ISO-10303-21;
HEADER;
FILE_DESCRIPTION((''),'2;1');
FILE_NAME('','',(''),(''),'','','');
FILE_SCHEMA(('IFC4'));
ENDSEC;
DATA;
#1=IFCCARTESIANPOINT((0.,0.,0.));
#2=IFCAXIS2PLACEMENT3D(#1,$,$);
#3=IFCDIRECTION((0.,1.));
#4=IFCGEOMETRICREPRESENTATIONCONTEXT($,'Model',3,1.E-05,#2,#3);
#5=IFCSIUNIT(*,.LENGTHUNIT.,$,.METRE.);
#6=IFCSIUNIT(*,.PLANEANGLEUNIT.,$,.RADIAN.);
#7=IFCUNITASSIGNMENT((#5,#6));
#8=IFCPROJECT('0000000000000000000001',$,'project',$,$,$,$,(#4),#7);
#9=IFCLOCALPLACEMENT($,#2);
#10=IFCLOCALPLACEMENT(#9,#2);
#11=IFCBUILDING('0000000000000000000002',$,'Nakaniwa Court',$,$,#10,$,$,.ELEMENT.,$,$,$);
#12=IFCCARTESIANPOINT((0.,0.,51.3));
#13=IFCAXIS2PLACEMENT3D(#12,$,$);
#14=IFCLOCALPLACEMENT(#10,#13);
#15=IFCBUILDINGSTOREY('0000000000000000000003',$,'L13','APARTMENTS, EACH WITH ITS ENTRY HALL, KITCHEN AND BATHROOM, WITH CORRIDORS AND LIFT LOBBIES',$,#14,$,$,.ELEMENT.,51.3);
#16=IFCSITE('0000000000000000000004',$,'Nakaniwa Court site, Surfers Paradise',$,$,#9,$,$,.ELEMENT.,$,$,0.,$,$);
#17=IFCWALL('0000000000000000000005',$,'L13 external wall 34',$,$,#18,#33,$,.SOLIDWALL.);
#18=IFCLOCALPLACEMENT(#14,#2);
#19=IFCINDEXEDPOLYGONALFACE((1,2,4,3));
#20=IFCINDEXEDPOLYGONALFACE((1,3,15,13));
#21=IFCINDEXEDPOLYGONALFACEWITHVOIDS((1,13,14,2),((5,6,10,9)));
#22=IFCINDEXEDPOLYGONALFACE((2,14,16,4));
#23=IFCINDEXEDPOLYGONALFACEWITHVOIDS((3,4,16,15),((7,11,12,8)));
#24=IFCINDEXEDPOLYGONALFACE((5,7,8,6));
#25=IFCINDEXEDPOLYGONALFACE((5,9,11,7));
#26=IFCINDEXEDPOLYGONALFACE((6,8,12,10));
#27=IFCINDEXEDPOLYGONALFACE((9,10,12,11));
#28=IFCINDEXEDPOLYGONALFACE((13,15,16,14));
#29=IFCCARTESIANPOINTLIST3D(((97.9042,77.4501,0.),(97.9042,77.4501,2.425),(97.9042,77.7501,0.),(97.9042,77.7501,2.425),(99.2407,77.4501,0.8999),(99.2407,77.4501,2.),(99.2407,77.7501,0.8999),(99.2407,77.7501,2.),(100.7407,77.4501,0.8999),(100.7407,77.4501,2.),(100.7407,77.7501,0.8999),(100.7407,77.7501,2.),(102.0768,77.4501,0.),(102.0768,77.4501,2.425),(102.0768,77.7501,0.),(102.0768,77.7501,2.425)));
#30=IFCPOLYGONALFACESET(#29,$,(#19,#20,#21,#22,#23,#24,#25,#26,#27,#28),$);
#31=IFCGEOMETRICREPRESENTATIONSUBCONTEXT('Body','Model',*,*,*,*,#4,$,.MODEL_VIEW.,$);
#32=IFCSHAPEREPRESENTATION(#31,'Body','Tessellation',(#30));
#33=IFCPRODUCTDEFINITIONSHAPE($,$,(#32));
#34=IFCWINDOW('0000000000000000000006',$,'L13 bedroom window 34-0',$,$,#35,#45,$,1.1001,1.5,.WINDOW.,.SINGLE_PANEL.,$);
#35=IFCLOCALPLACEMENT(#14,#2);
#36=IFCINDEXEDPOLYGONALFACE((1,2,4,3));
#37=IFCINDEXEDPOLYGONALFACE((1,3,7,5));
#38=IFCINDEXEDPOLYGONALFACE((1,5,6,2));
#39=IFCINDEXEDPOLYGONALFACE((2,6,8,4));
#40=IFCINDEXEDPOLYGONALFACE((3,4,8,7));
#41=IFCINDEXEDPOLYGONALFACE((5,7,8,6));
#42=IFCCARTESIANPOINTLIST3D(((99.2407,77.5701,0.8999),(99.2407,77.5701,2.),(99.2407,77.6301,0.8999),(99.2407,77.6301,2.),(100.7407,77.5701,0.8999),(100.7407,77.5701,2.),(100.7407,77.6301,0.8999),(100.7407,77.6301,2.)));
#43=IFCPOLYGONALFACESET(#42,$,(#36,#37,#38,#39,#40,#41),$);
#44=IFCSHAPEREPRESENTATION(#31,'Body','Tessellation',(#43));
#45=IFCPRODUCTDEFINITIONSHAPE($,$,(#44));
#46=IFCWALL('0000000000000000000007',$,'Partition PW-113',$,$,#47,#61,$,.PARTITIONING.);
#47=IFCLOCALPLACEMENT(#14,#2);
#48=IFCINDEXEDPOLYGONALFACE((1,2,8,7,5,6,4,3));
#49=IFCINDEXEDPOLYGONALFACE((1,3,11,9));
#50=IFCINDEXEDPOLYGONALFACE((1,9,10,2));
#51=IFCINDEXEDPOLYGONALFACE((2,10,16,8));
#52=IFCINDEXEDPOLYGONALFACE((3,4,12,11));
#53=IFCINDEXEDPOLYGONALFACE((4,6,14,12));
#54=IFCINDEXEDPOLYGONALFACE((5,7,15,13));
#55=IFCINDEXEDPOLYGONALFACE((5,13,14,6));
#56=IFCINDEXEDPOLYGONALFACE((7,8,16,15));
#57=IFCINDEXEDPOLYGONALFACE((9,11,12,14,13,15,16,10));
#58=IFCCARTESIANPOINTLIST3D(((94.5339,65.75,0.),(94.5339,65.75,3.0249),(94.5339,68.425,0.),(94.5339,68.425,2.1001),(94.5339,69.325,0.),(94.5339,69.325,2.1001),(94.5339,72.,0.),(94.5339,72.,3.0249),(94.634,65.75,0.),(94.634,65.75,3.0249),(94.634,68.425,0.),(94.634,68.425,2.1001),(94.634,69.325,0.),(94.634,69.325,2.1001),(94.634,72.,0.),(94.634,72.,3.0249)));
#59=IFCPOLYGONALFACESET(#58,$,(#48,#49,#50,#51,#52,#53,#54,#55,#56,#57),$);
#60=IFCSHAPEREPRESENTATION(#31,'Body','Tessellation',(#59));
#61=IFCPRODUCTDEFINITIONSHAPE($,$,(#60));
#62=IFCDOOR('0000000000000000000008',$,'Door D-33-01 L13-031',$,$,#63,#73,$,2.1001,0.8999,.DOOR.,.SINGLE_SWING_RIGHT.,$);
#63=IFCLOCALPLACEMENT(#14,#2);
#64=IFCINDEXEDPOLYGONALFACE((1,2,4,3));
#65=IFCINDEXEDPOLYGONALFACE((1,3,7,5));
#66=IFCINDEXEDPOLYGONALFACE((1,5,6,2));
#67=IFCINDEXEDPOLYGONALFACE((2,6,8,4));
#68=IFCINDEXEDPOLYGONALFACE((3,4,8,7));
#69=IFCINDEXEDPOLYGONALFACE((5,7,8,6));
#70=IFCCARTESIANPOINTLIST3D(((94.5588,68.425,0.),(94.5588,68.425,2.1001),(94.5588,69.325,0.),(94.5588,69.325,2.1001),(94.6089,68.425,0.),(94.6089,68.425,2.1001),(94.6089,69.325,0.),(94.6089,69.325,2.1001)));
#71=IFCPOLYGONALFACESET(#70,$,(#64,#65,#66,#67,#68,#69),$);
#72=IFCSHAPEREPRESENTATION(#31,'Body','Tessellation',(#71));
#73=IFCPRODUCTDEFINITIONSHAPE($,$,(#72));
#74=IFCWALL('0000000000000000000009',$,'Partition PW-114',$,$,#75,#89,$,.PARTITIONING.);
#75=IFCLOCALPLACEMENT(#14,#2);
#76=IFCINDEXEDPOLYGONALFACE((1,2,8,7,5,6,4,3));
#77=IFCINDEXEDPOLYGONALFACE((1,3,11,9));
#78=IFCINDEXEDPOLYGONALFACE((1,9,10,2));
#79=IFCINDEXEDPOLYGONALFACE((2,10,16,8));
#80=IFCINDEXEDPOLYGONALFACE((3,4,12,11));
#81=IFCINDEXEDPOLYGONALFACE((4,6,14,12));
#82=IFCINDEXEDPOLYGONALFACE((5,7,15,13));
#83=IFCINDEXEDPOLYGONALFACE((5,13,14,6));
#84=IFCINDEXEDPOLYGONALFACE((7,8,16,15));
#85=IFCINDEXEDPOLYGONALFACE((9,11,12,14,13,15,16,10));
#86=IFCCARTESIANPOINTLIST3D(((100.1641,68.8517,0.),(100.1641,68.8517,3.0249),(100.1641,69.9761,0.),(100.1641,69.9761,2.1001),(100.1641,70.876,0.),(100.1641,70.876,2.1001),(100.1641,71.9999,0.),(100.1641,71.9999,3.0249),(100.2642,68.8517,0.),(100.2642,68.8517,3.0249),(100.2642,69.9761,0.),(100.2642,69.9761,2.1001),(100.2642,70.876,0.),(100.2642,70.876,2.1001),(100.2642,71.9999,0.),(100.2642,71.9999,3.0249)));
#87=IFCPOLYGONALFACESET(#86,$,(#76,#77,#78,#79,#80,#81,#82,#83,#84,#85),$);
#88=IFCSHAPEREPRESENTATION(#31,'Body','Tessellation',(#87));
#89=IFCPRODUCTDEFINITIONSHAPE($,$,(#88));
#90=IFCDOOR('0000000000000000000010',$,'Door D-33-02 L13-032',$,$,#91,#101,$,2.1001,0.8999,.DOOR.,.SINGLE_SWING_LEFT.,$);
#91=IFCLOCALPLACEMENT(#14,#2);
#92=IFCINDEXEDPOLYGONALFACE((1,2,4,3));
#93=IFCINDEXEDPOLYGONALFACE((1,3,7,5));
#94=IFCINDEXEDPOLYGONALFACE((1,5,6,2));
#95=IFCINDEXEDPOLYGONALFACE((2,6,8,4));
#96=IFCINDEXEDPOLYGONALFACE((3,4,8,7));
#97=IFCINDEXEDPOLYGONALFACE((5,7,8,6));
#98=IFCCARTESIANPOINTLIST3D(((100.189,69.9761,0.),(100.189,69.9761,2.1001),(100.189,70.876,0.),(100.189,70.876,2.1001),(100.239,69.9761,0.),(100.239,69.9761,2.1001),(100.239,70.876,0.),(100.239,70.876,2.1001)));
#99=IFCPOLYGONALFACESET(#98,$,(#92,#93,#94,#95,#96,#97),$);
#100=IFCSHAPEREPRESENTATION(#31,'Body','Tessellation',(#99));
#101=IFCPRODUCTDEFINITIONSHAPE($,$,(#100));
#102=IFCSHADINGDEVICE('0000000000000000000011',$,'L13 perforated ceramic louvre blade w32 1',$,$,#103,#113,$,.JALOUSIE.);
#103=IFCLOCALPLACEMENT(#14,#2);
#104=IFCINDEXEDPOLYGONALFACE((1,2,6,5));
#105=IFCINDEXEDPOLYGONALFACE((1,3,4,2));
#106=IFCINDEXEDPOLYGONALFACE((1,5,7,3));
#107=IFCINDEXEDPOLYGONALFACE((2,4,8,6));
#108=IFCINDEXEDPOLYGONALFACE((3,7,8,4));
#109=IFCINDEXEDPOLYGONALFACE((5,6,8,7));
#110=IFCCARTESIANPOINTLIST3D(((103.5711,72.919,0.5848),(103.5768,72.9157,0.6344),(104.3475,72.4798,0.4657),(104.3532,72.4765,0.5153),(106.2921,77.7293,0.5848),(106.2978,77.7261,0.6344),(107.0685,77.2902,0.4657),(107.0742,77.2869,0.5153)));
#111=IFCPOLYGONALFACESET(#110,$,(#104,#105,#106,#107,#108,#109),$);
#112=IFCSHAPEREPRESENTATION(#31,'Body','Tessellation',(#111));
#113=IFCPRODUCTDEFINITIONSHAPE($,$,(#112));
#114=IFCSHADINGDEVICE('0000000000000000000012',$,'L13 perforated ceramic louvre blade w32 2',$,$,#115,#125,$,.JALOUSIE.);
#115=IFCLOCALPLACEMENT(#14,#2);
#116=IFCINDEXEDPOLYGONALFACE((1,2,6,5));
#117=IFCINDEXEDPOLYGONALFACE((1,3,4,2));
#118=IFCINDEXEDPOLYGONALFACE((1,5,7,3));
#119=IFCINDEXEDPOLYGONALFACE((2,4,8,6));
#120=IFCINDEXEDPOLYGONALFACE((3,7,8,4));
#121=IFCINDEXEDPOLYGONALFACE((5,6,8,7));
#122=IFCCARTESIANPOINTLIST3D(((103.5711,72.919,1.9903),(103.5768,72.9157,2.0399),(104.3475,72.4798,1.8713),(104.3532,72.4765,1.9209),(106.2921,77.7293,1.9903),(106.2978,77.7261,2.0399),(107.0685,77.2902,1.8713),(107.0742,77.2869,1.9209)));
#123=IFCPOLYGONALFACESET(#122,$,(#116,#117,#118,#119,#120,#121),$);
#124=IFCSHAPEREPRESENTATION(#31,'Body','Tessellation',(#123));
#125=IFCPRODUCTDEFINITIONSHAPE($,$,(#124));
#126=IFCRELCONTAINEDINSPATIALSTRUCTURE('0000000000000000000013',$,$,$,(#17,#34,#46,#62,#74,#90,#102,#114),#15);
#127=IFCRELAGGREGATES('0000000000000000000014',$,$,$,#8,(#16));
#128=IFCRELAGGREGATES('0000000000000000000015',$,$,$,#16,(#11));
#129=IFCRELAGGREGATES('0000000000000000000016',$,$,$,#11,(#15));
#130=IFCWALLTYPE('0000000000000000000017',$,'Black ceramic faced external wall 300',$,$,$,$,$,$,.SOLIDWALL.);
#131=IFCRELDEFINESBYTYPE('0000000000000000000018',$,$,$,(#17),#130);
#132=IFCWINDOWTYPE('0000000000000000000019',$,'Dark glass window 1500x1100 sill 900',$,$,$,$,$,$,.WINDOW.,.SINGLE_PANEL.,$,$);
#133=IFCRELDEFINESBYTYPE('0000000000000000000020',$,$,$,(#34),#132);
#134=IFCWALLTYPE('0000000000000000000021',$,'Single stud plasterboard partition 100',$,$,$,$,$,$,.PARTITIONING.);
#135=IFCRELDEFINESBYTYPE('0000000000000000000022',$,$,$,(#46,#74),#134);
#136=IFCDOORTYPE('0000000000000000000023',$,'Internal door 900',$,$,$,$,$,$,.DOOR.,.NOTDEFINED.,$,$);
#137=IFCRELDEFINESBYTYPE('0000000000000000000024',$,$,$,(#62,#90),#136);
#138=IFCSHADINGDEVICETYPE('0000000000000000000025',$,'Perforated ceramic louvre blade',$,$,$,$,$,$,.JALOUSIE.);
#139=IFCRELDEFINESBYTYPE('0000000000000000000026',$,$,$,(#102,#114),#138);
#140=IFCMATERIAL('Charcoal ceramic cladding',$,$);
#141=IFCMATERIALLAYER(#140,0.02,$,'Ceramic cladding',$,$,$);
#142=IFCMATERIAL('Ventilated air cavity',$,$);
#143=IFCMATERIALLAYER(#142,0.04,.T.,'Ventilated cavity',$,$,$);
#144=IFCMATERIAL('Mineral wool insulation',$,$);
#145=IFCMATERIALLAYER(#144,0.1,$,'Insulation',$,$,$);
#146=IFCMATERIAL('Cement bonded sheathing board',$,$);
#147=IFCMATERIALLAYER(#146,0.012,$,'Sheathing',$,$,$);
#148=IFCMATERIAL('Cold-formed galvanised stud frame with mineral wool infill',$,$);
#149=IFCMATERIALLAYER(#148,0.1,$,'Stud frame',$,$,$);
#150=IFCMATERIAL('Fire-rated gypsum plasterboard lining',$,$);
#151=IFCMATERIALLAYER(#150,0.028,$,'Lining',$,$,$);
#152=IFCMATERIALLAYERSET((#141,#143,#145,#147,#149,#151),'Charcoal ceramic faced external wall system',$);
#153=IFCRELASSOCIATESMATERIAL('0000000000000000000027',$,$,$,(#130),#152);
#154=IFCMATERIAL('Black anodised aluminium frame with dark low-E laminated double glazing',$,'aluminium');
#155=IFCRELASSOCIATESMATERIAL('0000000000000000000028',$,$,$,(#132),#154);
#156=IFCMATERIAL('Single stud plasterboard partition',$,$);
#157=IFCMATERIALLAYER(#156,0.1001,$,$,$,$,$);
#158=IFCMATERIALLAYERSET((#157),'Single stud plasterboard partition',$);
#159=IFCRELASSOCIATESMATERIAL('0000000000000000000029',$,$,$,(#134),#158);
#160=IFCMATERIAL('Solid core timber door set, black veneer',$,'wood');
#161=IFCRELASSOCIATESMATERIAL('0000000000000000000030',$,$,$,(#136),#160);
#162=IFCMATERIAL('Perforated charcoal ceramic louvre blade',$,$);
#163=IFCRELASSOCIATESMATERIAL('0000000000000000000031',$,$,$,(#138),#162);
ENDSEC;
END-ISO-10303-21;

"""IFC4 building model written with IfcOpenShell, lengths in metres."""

from ifc_helpers import new_model, si_unit, direction, frame, frame_2d, origin, origin_2d, place, context, subcontext, project, spatial, rectangle, extrude, material, layer, layer_set, material_profile, profile_set, type_object, element, fill, save


model = new_model("IFC4")

# Units and contexts
model_context = context("Model", 3, precision=1e-05, world=origin(), true_north=direction((0.0, 1.0)))
body_context = subcontext(model_context, "Body", "Model", "MODEL_VIEW")
ifc_project = project(units=[si_unit("LENGTHUNIT", "METRE"), si_unit("PLANEANGLEUNIT", "RADIAN")], contexts=[model_context])

# Site, building, storey
site_placement = place(None, origin())
site = spatial("IfcSite", under=ifc_project, at=site_placement, Name="Nakaniwa Court site, Surfers Paradise", CompositionType="ELEMENT", RefElevation=0.0)
building_placement = place(site_placement, origin())
building = spatial("IfcBuilding", under=site, at=building_placement, Name="Nakaniwa Court", CompositionType="ELEMENT")
storey_placement = place(building_placement, frame((0.0, 0.0, 51.3)))
storey = spatial("IfcBuildingStorey", under=building, at=storey_placement, Name="L13", Description="APARTMENTS, EACH WITH ITS ENTRY HALL, KITCHEN AND BATHROOM, WITH CORRIDORS AND LIFT LOBBIES", CompositionType="ELEMENT", Elevation=51.3)

# Shared definitions
ifc_material_1 = material(Name="Charcoal ceramic cladding")
ifc_layer_1 = layer(ifc_material_1, 0.02, Name="Ceramic cladding")
ifc_material_2 = material(Name="Ventilated air cavity")
ifc_layer_2 = layer(ifc_material_2, 0.04, ventilated=True, Name="Ventilated cavity")
ifc_material_3 = material(Name="Mineral wool insulation")
ifc_layer_3 = layer(ifc_material_3, 0.1, Name="Insulation")
ifc_material_4 = material(Name="Cement bonded sheathing board")
ifc_layer_4 = layer(ifc_material_4, 0.012, Name="Sheathing")
ifc_material_5 = material(Name="Cold-formed galvanised stud frame with mineral wool infill")
ifc_layer_5 = layer(ifc_material_5, 0.1, Name="Stud frame")
ifc_material_6 = material(Name="Fire-rated gypsum plasterboard lining")
ifc_layer_6 = layer(ifc_material_6, 0.028, Name="Lining")
ifc_layer_set_1 = layer_set([ifc_layer_1, ifc_layer_2, ifc_layer_3, ifc_layer_4, ifc_layer_5, ifc_layer_6], Name="Charcoal ceramic faced external wall system")
wall_type_1 = type_object("IfcWallType", Name="Black ceramic faced external wall 300", PredefinedType="SOLIDWALL", material=ifc_layer_set_1)
ifc_material_7 = material(Name="Black anodised aluminium frame with dark low-E laminated double glazing", Category="aluminium")
window_type = type_object("IfcWindowType", Name="Dark glass window 1500x1100 sill 900", PartitioningType="SINGLE_PANEL", PredefinedType="WINDOW", material=ifc_material_7)

# Wall, opening, window
wall_1_placement = place(storey_placement, frame((102.0769, 77.6001, 0.0), z_axis=(0.0, 0.0, 1.0), x_axis=(-1.0, 0.0, 0.0)))
wall_1 = element("IfcWall", 1, at=wall_1_placement, inside=storey, type_object=wall_type_1, Name="L13 external wall 34", PredefinedType="SOLIDWALL", context=body_context, shape_type="SweptSolid", body=[
    extrude(rectangle(XDim=4.1726, YDim=0.3, at=frame_2d((2.0864, 0.0))), origin(), (0.0, 0.0, 1.0), 2.425),
])
opening_1_placement = place(wall_1_placement, frame((1.3362, 0.0, 0.8999)))
opening_1 = element("IfcOpeningElement", 2, at=opening_1_placement, cuts=wall_1, PredefinedType="OPENING", context=body_context, shape_type="SweptSolid", body=[
    extrude(rectangle(XDim=1.5, YDim=1.1001, at=frame_2d((0.75, 0.55))), frame((0.0, 0.1599, 0.0), z_axis=(0.0, -1.0, 0.0), x_axis=(1.0, 0.0, 0.0)), (0.0, 0.0, 1.0), 0.3201),
])
window_1_placement = place(opening_1_placement, origin())
window_1 = element("IfcWindow", 3, at=window_1_placement, inside=storey, type_object=window_type, Name="L13 bedroom window 34-0", OverallHeight=1.1001, OverallWidth=1.5, PartitioningType="SINGLE_PANEL", PredefinedType="WINDOW", context=body_context, shape_type="SweptSolid", body=[
    extrude(rectangle(XDim=1.5, YDim=1.1001, at=frame_2d((0.75, 0.55))), frame((0.0, 0.03, 0.0), z_axis=(0.0, -1.0, 0.0), x_axis=(1.0, 0.0, 0.0)), (0.0, 0.0, 1.0), 0.0601),
])
fill(opening_1, window_1)

# Walls, openings, doors
ifc_material_8 = material(Name="Single stud plasterboard partition")
ifc_layer_7 = layer(ifc_material_8, 0.1001)
ifc_layer_set_2 = layer_set([ifc_layer_7], Name="Single stud plasterboard partition")
wall_type_2 = type_object("IfcWallType", Name="Single stud plasterboard partition 100", PredefinedType="PARTITIONING", material=ifc_layer_set_2)
wall_2_placement = place(storey_placement, frame((94.584, 72.0, 0.0), z_axis=(0.0, 0.0, 1.0), x_axis=(0.0, -1.0, 0.0)))
wall_2 = element("IfcWall", 4, at=wall_2_placement, inside=storey, type_object=wall_type_2, Name="Partition PW-113", PredefinedType="PARTITIONING", context=body_context, shape_type="SweptSolid", body=[
    extrude(rectangle(XDim=6.25, YDim=0.1001, at=frame_2d((3.125, 0.0))), origin(), (0.0, 0.0, 1.0), 3.0249),
])
opening_2_placement = place(wall_2_placement, frame((2.675, 0.0, 0.0)))
opening_2 = element("IfcOpeningElement", 5, at=opening_2_placement, cuts=wall_2, PredefinedType="OPENING", context=body_context, shape_type="SweptSolid", body=[
    extrude(rectangle(XDim=0.8999, YDim=2.1001, at=frame_2d((0.45, 1.05))), frame((0.0, 0.0601, 0.0), z_axis=(0.0, -1.0, 0.0), x_axis=(1.0, 0.0, 0.0)), (0.0, 0.0, 1.0), 0.1201),
])
ifc_material_9 = material(Name="Solid core timber door set, black veneer", Category="wood")
door_type = type_object("IfcDoorType", Name="Internal door 900", OperationType="NOTDEFINED", PredefinedType="DOOR", material=ifc_material_9)
door_1_placement = place(opening_2_placement, origin())
door_1 = element("IfcDoor", 6, at=door_1_placement, inside=storey, type_object=door_type, Name="Door D-33-01 L13-031", OperationType="SINGLE_SWING_RIGHT", OverallHeight=2.1001, OverallWidth=0.8999, PredefinedType="DOOR", context=body_context, shape_type="SweptSolid", body=[
    extrude(rectangle(XDim=0.8999, YDim=2.1001, at=frame_2d((0.45, 1.05))), frame((0.0, 0.0249, 0.0), z_axis=(0.0, -1.0, 0.0), x_axis=(1.0, 0.0, 0.0)), (0.0, 0.0, 1.0), 0.05),
])
fill(opening_2, door_1)
wall_3_placement = place(storey_placement, frame((100.2141, 72.0, 0.0), z_axis=(0.0, 0.0, 1.0), x_axis=(0.0, -1.0, 0.0)))
wall_3 = element("IfcWall", 7, at=wall_3_placement, inside=storey, type_object=wall_type_2, Name="Partition PW-114", PredefinedType="PARTITIONING", context=body_context, shape_type="SweptSolid", body=[
    extrude(rectangle(XDim=3.1482, YDim=0.1001, at=frame_2d((1.5742, 0.0))), origin(), (0.0, 0.0, 1.0), 3.0249),
])
opening_3_placement = place(wall_3_placement, frame((1.124, 0.0, 0.0)))
opening_3 = element("IfcOpeningElement", 8, at=opening_3_placement, cuts=wall_3, PredefinedType="OPENING", context=body_context, shape_type="SweptSolid", body=[
    extrude(rectangle(XDim=0.8999, YDim=2.1001, at=frame_2d((0.45, 1.05))), frame((0.0, 0.0601, 0.0), z_axis=(0.0, -1.0, 0.0), x_axis=(1.0, 0.0, 0.0)), (0.0, 0.0, 1.0), 0.1201),
])
door_2_placement = place(opening_3_placement, origin())
door_2 = element("IfcDoor", 9, at=door_2_placement, inside=storey, type_object=door_type, Name="Door D-33-02 L13-032", OperationType="SINGLE_SWING_LEFT", OverallHeight=2.1001, OverallWidth=0.8999, PredefinedType="DOOR", context=body_context, shape_type="SweptSolid", body=[
    extrude(rectangle(XDim=0.8999, YDim=2.1001, at=frame_2d((0.45, 1.05))), frame((0.0, 0.0249, 0.0), z_axis=(0.0, -1.0, 0.0), x_axis=(1.0, 0.0, 0.0)), (0.0, 0.0, 1.0), 0.05),
])
fill(opening_3, door_2)

# Shading devices
ifc_material_10 = material(Name="Perforated charcoal ceramic louvre blade")
ifc_material_profile_1 = material_profile(ifc_material_10, rectangle(XDim=0.8999, YDim=0.05, at=origin_2d()), Name="Perforated ceramic louvre blade")
ifc_profile_set_1 = profile_set([ifc_material_profile_1], Name="Perforated charcoal ceramic louvre blade")
shading_device_type = type_object("IfcShadingDeviceType", Name="Perforated ceramic louvre blade", PredefinedType="JALOUSIE", material=ifc_profile_set_1)
for number, where, z_axis, x_axis, name in (
    (10, (103.9622, 72.6978, 0.55), (0.492343, 0.870402, 0.0), (-0.862756, 0.488018, 0.132256), "L13 perforated ceramic louvre blade w32 1"),
    (11, (103.9622, 72.6978, 1.9556), (0.492343, 0.870402, 0.0), (-0.862756, 0.488018, 0.132256), "L13 perforated ceramic louvre blade w32 2"),
):
    element("IfcShadingDevice", number, at=place(storey_placement, frame(where, z_axis=z_axis, x_axis=x_axis)), inside=storey, type_object=shading_device_type, Name=name, PredefinedType="JALOUSIE", context=body_context, shape_type="SweptSolid", body=[
        extrude(rectangle(XDim=0.8999, YDim=0.05, at=origin_2d()), origin(), (0.0, 0.0, 1.0), 5.5266),
    ])

save(model, "model.ifc")
